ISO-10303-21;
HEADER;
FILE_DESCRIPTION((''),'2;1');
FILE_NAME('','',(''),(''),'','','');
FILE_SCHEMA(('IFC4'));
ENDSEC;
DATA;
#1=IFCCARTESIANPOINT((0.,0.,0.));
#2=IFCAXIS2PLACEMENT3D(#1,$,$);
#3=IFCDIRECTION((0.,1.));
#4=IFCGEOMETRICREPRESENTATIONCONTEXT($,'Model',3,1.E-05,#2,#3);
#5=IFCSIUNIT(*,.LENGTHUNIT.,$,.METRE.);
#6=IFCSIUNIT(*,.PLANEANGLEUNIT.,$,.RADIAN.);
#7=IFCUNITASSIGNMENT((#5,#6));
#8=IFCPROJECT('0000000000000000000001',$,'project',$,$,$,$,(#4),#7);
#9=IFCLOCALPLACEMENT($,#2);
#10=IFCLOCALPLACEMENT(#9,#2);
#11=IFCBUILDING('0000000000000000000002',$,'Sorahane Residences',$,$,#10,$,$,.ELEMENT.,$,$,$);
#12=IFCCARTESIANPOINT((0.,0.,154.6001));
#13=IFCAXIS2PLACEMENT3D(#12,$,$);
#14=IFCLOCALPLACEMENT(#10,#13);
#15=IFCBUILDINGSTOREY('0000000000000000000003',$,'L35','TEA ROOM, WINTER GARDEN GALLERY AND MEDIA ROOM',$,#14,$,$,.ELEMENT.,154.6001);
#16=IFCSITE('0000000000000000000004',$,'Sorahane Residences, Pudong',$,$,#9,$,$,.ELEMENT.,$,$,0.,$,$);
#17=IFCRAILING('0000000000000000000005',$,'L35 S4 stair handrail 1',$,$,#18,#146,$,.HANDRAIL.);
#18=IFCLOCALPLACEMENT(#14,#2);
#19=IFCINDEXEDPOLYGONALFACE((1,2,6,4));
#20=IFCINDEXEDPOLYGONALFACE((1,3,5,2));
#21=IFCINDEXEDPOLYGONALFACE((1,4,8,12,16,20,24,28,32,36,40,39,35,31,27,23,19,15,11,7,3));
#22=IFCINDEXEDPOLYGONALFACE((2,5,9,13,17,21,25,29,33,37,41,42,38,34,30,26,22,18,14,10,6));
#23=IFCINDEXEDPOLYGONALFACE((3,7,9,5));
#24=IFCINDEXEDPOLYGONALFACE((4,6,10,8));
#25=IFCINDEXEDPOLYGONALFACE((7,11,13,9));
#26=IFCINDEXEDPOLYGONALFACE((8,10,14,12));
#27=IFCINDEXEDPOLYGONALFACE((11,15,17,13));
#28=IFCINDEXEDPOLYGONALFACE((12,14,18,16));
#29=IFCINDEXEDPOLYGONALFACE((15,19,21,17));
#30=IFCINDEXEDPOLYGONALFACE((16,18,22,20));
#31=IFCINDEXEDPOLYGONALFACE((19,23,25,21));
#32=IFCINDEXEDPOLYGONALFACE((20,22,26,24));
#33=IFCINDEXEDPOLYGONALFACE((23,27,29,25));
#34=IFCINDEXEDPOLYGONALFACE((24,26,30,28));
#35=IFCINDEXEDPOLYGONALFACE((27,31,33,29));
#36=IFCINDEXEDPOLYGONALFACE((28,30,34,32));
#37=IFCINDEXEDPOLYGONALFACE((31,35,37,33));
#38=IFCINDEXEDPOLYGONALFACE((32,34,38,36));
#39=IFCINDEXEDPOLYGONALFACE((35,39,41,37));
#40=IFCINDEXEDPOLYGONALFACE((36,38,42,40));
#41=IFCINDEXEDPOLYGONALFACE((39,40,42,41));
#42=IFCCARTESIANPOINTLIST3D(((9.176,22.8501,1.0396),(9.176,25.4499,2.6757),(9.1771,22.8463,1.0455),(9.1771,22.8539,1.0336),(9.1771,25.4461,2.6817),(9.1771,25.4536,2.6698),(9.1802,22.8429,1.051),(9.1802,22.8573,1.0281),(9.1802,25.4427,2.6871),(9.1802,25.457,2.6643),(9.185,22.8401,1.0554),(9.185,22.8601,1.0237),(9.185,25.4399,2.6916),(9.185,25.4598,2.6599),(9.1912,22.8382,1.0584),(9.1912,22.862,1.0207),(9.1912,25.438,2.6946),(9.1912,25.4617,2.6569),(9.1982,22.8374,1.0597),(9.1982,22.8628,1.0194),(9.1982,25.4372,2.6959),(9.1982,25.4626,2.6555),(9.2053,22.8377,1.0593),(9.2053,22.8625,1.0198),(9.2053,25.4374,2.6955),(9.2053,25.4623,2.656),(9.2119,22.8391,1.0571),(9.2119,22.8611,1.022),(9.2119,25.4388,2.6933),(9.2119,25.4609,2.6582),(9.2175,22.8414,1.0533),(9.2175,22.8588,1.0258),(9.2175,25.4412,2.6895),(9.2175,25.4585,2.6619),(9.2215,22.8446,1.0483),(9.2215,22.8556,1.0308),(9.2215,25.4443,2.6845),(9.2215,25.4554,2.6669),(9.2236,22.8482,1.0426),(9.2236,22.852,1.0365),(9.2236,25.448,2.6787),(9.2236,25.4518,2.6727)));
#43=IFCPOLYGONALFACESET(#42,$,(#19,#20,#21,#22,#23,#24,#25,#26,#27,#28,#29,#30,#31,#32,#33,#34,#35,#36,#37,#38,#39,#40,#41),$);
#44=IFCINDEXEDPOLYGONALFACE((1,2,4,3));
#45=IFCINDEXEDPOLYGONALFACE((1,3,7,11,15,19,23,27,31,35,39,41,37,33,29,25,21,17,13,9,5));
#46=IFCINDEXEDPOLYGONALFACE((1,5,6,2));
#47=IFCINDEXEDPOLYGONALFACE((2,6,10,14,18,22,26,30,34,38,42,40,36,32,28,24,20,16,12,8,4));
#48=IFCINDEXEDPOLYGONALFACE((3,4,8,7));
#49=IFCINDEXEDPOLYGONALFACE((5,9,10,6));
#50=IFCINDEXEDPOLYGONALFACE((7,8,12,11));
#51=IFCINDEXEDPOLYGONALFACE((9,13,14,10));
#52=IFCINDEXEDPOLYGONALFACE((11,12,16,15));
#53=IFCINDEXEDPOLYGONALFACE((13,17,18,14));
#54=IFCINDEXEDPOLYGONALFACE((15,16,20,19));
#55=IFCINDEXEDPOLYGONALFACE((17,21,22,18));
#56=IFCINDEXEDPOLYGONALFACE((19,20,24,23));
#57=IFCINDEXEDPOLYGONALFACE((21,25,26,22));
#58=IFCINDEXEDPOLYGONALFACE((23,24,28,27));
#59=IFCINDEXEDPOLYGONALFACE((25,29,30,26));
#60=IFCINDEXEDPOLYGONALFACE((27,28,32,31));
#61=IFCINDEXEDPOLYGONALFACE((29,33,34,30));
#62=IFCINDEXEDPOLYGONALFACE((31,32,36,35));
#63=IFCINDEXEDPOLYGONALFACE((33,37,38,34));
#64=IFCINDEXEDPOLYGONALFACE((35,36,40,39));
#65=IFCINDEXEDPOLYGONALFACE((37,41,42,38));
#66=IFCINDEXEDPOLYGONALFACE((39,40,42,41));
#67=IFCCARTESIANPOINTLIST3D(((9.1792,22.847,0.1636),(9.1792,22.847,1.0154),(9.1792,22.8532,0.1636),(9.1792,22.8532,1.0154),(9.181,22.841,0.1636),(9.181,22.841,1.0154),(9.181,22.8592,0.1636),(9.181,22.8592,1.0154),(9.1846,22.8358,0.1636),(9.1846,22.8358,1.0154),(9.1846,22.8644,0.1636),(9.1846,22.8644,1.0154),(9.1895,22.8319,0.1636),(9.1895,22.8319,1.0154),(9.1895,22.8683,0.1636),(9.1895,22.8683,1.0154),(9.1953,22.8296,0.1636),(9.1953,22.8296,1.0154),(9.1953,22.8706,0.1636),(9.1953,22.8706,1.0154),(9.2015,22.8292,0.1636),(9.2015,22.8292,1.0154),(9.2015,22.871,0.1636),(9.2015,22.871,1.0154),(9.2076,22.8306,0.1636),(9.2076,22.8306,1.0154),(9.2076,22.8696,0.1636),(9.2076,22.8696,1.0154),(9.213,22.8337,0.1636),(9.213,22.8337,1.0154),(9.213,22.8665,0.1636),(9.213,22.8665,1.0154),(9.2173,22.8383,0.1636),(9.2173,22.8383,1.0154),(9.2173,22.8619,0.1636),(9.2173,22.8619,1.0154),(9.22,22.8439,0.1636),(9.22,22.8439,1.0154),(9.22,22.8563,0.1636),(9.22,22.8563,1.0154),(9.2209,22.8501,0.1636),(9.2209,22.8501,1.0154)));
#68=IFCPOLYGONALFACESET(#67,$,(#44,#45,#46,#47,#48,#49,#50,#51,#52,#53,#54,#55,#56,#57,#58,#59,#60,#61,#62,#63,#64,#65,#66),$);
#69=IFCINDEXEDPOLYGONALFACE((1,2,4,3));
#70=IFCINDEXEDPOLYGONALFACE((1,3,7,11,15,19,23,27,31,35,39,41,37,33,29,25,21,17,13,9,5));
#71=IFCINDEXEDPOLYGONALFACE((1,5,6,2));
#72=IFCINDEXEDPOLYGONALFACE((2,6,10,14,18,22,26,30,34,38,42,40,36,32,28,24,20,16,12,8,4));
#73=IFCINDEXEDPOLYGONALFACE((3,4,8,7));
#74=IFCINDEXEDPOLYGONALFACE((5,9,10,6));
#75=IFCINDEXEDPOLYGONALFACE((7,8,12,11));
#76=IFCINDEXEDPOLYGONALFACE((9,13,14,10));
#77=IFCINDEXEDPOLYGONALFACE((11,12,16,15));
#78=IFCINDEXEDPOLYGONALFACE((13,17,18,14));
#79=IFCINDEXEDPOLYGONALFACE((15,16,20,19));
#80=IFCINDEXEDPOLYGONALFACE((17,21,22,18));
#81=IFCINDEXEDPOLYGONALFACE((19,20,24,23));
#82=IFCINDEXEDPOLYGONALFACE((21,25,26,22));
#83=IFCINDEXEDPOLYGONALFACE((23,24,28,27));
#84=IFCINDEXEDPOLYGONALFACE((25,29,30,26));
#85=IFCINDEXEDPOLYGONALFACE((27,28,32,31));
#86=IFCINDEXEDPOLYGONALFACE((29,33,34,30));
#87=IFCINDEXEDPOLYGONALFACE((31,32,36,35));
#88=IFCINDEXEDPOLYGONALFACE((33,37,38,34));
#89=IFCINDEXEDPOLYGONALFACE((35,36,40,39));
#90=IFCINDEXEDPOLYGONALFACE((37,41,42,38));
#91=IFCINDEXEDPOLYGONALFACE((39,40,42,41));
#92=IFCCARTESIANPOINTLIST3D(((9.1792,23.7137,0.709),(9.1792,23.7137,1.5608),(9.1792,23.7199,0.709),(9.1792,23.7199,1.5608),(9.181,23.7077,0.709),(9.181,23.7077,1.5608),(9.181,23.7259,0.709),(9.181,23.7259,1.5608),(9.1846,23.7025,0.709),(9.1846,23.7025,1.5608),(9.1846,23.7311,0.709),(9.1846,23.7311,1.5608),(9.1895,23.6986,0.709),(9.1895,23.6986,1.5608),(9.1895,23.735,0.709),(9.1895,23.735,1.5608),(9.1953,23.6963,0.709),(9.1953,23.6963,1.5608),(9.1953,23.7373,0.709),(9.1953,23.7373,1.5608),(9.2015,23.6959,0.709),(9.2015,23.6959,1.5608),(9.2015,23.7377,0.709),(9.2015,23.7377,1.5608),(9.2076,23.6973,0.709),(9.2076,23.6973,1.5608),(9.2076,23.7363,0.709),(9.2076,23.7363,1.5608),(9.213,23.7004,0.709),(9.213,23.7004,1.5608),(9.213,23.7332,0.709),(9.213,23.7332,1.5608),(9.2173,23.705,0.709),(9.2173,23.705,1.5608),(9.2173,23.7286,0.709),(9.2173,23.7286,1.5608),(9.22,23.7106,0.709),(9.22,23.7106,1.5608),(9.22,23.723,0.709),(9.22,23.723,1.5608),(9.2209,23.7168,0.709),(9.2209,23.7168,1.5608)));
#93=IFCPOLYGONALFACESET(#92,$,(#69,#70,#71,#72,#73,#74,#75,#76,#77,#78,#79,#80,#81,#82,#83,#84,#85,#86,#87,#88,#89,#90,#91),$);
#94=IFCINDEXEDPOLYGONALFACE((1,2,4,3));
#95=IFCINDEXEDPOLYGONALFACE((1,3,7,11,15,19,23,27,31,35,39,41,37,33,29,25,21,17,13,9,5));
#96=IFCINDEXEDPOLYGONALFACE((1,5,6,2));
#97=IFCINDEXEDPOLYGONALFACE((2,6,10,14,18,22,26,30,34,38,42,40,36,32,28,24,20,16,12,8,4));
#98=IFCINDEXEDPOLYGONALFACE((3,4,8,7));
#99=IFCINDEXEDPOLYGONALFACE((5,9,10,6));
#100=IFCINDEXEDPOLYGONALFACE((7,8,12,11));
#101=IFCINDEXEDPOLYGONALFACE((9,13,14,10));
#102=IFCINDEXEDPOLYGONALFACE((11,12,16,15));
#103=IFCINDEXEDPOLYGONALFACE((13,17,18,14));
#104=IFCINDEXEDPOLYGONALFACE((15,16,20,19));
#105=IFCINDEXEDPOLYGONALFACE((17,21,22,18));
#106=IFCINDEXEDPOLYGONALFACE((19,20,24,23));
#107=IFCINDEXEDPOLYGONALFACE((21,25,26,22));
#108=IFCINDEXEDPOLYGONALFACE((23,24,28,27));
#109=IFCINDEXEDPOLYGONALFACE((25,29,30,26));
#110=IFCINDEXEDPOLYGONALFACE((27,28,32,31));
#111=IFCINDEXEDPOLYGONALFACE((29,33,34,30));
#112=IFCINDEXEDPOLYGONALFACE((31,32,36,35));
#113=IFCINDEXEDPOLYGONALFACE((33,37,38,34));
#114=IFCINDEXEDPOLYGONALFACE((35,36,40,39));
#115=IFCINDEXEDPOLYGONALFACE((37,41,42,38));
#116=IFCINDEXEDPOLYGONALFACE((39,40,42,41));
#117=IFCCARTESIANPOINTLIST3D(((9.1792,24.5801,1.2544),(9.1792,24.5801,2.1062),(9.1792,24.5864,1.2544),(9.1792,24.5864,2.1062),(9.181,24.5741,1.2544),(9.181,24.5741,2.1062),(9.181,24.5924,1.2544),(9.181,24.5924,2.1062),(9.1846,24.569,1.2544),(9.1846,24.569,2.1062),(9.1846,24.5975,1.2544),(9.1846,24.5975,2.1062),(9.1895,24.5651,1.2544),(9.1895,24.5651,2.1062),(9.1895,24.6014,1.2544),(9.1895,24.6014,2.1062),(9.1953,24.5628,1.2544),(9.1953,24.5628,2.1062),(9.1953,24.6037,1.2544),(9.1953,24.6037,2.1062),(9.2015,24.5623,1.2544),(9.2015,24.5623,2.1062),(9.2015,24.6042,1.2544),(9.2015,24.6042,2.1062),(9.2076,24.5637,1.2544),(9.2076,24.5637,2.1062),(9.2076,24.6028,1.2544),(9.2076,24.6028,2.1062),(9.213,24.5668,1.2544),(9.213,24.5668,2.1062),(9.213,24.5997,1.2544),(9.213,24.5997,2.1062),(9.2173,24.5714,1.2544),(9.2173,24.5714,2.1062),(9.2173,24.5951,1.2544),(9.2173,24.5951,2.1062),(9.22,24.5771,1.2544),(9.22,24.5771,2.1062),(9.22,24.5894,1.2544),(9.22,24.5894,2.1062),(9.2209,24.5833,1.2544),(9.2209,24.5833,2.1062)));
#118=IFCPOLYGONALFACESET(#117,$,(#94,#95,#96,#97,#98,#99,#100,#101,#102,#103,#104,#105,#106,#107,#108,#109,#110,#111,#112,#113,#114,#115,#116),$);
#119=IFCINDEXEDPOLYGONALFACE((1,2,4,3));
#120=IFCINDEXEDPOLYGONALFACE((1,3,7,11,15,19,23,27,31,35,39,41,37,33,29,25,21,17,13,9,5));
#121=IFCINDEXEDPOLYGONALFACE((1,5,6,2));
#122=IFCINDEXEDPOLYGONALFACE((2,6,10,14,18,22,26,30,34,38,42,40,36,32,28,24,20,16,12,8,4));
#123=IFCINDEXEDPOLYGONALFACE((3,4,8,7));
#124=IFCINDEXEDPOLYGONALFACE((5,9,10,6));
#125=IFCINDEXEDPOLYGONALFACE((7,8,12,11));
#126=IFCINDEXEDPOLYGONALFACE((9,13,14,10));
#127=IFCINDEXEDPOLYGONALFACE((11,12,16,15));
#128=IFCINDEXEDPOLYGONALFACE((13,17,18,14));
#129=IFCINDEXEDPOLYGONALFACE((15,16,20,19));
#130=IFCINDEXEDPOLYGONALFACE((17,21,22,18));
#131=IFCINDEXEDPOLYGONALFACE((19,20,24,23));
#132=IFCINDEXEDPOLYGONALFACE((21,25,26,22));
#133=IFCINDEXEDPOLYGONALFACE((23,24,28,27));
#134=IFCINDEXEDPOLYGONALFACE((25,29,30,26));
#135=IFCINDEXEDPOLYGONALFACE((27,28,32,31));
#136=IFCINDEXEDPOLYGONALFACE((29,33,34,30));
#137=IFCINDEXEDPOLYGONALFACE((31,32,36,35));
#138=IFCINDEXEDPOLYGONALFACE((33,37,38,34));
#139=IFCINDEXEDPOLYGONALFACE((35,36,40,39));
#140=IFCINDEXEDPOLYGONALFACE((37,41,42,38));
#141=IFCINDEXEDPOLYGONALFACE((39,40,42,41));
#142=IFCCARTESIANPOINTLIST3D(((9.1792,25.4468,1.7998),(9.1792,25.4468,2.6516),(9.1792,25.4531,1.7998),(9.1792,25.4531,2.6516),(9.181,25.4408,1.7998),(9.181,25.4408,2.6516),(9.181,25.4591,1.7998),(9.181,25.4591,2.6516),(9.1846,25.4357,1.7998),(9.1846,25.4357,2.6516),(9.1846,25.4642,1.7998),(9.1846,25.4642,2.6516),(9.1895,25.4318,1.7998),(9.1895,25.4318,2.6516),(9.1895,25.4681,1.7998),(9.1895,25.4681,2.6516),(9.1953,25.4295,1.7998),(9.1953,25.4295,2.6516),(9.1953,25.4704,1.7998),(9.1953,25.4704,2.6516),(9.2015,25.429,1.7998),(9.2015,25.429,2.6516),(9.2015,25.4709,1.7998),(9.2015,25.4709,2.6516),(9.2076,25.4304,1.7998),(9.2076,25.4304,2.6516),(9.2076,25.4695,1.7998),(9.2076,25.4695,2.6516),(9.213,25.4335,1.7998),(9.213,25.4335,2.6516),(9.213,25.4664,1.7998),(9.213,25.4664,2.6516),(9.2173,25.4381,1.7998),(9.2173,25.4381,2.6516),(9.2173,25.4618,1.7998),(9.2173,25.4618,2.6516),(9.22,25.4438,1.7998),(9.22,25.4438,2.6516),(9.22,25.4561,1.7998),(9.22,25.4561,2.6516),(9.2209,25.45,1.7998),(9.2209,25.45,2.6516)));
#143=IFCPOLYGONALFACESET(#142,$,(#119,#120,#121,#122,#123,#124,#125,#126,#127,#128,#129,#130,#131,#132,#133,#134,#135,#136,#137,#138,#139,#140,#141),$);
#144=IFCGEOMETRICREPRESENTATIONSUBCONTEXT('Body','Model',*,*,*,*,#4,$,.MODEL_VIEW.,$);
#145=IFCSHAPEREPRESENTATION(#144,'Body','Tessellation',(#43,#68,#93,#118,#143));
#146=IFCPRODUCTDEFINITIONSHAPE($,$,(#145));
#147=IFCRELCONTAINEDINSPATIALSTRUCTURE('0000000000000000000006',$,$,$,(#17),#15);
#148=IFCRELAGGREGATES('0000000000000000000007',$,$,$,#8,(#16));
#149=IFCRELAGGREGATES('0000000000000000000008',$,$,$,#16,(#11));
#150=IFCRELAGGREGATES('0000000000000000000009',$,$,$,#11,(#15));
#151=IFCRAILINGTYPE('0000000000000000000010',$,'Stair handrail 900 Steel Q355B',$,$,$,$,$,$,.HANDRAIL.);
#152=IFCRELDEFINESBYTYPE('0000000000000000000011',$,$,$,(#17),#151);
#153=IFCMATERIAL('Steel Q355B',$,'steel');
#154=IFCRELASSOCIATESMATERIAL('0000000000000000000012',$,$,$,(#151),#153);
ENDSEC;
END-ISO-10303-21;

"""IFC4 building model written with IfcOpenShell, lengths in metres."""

from ifc_helpers import new_model, si_unit, direction, frame, origin, origin_2d, place, context, subcontext, project, spatial, circle, extrude, material, type_object, element, save


model = new_model("IFC4")

# Units and contexts
model_context = context("Model", 3, precision=1e-05, world=origin(), true_north=direction((0.0, 1.0)))
body_context = subcontext(model_context, "Body", "Model", "MODEL_VIEW")
ifc_project = project(units=[si_unit("LENGTHUNIT", "METRE"), si_unit("PLANEANGLEUNIT", "RADIAN")], contexts=[model_context])

# Site, building, storey
site_placement = place(None, origin())
site = spatial("IfcSite", under=ifc_project, at=site_placement, Name="Sorahane Residences, Pudong", CompositionType="ELEMENT", RefElevation=0.0)
building_placement = place(site_placement, origin())
building = spatial("IfcBuilding", under=site, at=building_placement, Name="Sorahane Residences", CompositionType="ELEMENT")
storey_placement = place(building_placement, frame((0.0, 0.0, 154.6001)))
storey = spatial("IfcBuildingStorey", under=building, at=storey_placement, Name="L35", Description="TEA ROOM, WINTER GARDEN GALLERY AND MEDIA ROOM", CompositionType="ELEMENT", Elevation=154.6001)

# Railing
ifc_material_1 = material(Name="Steel Q355B", Category="steel")
railing_type_1 = type_object("IfcRailingType", Name="Stair handrail 900 Steel Q355B", PredefinedType="HANDRAIL", material=ifc_material_1)
railing_1_placement = place(storey_placement, frame((9.2, 22.8501, 0.1636)))
element("IfcRailing", 1, at=railing_1_placement, inside=storey, type_object=railing_type_1, Name="L35 S4 stair handrail 1", PredefinedType="HANDRAIL", context=body_context, shape_type="SweptSolid", body=[
    extrude(circle(Radius=0.0239, at=origin_2d()), frame((0.0, 0.0, 0.876), z_axis=(0.0, 0.846338, 0.532647), x_axis=(-1.0, 0.0, 0.0)), (0.0, 0.0, 1.0), 3.0718),
    extrude(circle(Radius=0.021, at=origin_2d()), origin(), (0.0, 0.0, 1.0), 0.8518),
    extrude(circle(Radius=0.021, at=origin_2d()), frame((0.0, 0.8667, 0.5454)), (0.0, 0.0, 1.0), 0.8518),
    extrude(circle(Radius=0.021, at=origin_2d()), frame((0.0, 1.7332, 1.0908)), (0.0, 0.0, 1.0), 0.8518),
    extrude(circle(Radius=0.021, at=origin_2d()), frame((0.0, 2.5999, 1.6362)), (0.0, 0.0, 1.0), 0.8518),
])

save(model, "model.ifc")
